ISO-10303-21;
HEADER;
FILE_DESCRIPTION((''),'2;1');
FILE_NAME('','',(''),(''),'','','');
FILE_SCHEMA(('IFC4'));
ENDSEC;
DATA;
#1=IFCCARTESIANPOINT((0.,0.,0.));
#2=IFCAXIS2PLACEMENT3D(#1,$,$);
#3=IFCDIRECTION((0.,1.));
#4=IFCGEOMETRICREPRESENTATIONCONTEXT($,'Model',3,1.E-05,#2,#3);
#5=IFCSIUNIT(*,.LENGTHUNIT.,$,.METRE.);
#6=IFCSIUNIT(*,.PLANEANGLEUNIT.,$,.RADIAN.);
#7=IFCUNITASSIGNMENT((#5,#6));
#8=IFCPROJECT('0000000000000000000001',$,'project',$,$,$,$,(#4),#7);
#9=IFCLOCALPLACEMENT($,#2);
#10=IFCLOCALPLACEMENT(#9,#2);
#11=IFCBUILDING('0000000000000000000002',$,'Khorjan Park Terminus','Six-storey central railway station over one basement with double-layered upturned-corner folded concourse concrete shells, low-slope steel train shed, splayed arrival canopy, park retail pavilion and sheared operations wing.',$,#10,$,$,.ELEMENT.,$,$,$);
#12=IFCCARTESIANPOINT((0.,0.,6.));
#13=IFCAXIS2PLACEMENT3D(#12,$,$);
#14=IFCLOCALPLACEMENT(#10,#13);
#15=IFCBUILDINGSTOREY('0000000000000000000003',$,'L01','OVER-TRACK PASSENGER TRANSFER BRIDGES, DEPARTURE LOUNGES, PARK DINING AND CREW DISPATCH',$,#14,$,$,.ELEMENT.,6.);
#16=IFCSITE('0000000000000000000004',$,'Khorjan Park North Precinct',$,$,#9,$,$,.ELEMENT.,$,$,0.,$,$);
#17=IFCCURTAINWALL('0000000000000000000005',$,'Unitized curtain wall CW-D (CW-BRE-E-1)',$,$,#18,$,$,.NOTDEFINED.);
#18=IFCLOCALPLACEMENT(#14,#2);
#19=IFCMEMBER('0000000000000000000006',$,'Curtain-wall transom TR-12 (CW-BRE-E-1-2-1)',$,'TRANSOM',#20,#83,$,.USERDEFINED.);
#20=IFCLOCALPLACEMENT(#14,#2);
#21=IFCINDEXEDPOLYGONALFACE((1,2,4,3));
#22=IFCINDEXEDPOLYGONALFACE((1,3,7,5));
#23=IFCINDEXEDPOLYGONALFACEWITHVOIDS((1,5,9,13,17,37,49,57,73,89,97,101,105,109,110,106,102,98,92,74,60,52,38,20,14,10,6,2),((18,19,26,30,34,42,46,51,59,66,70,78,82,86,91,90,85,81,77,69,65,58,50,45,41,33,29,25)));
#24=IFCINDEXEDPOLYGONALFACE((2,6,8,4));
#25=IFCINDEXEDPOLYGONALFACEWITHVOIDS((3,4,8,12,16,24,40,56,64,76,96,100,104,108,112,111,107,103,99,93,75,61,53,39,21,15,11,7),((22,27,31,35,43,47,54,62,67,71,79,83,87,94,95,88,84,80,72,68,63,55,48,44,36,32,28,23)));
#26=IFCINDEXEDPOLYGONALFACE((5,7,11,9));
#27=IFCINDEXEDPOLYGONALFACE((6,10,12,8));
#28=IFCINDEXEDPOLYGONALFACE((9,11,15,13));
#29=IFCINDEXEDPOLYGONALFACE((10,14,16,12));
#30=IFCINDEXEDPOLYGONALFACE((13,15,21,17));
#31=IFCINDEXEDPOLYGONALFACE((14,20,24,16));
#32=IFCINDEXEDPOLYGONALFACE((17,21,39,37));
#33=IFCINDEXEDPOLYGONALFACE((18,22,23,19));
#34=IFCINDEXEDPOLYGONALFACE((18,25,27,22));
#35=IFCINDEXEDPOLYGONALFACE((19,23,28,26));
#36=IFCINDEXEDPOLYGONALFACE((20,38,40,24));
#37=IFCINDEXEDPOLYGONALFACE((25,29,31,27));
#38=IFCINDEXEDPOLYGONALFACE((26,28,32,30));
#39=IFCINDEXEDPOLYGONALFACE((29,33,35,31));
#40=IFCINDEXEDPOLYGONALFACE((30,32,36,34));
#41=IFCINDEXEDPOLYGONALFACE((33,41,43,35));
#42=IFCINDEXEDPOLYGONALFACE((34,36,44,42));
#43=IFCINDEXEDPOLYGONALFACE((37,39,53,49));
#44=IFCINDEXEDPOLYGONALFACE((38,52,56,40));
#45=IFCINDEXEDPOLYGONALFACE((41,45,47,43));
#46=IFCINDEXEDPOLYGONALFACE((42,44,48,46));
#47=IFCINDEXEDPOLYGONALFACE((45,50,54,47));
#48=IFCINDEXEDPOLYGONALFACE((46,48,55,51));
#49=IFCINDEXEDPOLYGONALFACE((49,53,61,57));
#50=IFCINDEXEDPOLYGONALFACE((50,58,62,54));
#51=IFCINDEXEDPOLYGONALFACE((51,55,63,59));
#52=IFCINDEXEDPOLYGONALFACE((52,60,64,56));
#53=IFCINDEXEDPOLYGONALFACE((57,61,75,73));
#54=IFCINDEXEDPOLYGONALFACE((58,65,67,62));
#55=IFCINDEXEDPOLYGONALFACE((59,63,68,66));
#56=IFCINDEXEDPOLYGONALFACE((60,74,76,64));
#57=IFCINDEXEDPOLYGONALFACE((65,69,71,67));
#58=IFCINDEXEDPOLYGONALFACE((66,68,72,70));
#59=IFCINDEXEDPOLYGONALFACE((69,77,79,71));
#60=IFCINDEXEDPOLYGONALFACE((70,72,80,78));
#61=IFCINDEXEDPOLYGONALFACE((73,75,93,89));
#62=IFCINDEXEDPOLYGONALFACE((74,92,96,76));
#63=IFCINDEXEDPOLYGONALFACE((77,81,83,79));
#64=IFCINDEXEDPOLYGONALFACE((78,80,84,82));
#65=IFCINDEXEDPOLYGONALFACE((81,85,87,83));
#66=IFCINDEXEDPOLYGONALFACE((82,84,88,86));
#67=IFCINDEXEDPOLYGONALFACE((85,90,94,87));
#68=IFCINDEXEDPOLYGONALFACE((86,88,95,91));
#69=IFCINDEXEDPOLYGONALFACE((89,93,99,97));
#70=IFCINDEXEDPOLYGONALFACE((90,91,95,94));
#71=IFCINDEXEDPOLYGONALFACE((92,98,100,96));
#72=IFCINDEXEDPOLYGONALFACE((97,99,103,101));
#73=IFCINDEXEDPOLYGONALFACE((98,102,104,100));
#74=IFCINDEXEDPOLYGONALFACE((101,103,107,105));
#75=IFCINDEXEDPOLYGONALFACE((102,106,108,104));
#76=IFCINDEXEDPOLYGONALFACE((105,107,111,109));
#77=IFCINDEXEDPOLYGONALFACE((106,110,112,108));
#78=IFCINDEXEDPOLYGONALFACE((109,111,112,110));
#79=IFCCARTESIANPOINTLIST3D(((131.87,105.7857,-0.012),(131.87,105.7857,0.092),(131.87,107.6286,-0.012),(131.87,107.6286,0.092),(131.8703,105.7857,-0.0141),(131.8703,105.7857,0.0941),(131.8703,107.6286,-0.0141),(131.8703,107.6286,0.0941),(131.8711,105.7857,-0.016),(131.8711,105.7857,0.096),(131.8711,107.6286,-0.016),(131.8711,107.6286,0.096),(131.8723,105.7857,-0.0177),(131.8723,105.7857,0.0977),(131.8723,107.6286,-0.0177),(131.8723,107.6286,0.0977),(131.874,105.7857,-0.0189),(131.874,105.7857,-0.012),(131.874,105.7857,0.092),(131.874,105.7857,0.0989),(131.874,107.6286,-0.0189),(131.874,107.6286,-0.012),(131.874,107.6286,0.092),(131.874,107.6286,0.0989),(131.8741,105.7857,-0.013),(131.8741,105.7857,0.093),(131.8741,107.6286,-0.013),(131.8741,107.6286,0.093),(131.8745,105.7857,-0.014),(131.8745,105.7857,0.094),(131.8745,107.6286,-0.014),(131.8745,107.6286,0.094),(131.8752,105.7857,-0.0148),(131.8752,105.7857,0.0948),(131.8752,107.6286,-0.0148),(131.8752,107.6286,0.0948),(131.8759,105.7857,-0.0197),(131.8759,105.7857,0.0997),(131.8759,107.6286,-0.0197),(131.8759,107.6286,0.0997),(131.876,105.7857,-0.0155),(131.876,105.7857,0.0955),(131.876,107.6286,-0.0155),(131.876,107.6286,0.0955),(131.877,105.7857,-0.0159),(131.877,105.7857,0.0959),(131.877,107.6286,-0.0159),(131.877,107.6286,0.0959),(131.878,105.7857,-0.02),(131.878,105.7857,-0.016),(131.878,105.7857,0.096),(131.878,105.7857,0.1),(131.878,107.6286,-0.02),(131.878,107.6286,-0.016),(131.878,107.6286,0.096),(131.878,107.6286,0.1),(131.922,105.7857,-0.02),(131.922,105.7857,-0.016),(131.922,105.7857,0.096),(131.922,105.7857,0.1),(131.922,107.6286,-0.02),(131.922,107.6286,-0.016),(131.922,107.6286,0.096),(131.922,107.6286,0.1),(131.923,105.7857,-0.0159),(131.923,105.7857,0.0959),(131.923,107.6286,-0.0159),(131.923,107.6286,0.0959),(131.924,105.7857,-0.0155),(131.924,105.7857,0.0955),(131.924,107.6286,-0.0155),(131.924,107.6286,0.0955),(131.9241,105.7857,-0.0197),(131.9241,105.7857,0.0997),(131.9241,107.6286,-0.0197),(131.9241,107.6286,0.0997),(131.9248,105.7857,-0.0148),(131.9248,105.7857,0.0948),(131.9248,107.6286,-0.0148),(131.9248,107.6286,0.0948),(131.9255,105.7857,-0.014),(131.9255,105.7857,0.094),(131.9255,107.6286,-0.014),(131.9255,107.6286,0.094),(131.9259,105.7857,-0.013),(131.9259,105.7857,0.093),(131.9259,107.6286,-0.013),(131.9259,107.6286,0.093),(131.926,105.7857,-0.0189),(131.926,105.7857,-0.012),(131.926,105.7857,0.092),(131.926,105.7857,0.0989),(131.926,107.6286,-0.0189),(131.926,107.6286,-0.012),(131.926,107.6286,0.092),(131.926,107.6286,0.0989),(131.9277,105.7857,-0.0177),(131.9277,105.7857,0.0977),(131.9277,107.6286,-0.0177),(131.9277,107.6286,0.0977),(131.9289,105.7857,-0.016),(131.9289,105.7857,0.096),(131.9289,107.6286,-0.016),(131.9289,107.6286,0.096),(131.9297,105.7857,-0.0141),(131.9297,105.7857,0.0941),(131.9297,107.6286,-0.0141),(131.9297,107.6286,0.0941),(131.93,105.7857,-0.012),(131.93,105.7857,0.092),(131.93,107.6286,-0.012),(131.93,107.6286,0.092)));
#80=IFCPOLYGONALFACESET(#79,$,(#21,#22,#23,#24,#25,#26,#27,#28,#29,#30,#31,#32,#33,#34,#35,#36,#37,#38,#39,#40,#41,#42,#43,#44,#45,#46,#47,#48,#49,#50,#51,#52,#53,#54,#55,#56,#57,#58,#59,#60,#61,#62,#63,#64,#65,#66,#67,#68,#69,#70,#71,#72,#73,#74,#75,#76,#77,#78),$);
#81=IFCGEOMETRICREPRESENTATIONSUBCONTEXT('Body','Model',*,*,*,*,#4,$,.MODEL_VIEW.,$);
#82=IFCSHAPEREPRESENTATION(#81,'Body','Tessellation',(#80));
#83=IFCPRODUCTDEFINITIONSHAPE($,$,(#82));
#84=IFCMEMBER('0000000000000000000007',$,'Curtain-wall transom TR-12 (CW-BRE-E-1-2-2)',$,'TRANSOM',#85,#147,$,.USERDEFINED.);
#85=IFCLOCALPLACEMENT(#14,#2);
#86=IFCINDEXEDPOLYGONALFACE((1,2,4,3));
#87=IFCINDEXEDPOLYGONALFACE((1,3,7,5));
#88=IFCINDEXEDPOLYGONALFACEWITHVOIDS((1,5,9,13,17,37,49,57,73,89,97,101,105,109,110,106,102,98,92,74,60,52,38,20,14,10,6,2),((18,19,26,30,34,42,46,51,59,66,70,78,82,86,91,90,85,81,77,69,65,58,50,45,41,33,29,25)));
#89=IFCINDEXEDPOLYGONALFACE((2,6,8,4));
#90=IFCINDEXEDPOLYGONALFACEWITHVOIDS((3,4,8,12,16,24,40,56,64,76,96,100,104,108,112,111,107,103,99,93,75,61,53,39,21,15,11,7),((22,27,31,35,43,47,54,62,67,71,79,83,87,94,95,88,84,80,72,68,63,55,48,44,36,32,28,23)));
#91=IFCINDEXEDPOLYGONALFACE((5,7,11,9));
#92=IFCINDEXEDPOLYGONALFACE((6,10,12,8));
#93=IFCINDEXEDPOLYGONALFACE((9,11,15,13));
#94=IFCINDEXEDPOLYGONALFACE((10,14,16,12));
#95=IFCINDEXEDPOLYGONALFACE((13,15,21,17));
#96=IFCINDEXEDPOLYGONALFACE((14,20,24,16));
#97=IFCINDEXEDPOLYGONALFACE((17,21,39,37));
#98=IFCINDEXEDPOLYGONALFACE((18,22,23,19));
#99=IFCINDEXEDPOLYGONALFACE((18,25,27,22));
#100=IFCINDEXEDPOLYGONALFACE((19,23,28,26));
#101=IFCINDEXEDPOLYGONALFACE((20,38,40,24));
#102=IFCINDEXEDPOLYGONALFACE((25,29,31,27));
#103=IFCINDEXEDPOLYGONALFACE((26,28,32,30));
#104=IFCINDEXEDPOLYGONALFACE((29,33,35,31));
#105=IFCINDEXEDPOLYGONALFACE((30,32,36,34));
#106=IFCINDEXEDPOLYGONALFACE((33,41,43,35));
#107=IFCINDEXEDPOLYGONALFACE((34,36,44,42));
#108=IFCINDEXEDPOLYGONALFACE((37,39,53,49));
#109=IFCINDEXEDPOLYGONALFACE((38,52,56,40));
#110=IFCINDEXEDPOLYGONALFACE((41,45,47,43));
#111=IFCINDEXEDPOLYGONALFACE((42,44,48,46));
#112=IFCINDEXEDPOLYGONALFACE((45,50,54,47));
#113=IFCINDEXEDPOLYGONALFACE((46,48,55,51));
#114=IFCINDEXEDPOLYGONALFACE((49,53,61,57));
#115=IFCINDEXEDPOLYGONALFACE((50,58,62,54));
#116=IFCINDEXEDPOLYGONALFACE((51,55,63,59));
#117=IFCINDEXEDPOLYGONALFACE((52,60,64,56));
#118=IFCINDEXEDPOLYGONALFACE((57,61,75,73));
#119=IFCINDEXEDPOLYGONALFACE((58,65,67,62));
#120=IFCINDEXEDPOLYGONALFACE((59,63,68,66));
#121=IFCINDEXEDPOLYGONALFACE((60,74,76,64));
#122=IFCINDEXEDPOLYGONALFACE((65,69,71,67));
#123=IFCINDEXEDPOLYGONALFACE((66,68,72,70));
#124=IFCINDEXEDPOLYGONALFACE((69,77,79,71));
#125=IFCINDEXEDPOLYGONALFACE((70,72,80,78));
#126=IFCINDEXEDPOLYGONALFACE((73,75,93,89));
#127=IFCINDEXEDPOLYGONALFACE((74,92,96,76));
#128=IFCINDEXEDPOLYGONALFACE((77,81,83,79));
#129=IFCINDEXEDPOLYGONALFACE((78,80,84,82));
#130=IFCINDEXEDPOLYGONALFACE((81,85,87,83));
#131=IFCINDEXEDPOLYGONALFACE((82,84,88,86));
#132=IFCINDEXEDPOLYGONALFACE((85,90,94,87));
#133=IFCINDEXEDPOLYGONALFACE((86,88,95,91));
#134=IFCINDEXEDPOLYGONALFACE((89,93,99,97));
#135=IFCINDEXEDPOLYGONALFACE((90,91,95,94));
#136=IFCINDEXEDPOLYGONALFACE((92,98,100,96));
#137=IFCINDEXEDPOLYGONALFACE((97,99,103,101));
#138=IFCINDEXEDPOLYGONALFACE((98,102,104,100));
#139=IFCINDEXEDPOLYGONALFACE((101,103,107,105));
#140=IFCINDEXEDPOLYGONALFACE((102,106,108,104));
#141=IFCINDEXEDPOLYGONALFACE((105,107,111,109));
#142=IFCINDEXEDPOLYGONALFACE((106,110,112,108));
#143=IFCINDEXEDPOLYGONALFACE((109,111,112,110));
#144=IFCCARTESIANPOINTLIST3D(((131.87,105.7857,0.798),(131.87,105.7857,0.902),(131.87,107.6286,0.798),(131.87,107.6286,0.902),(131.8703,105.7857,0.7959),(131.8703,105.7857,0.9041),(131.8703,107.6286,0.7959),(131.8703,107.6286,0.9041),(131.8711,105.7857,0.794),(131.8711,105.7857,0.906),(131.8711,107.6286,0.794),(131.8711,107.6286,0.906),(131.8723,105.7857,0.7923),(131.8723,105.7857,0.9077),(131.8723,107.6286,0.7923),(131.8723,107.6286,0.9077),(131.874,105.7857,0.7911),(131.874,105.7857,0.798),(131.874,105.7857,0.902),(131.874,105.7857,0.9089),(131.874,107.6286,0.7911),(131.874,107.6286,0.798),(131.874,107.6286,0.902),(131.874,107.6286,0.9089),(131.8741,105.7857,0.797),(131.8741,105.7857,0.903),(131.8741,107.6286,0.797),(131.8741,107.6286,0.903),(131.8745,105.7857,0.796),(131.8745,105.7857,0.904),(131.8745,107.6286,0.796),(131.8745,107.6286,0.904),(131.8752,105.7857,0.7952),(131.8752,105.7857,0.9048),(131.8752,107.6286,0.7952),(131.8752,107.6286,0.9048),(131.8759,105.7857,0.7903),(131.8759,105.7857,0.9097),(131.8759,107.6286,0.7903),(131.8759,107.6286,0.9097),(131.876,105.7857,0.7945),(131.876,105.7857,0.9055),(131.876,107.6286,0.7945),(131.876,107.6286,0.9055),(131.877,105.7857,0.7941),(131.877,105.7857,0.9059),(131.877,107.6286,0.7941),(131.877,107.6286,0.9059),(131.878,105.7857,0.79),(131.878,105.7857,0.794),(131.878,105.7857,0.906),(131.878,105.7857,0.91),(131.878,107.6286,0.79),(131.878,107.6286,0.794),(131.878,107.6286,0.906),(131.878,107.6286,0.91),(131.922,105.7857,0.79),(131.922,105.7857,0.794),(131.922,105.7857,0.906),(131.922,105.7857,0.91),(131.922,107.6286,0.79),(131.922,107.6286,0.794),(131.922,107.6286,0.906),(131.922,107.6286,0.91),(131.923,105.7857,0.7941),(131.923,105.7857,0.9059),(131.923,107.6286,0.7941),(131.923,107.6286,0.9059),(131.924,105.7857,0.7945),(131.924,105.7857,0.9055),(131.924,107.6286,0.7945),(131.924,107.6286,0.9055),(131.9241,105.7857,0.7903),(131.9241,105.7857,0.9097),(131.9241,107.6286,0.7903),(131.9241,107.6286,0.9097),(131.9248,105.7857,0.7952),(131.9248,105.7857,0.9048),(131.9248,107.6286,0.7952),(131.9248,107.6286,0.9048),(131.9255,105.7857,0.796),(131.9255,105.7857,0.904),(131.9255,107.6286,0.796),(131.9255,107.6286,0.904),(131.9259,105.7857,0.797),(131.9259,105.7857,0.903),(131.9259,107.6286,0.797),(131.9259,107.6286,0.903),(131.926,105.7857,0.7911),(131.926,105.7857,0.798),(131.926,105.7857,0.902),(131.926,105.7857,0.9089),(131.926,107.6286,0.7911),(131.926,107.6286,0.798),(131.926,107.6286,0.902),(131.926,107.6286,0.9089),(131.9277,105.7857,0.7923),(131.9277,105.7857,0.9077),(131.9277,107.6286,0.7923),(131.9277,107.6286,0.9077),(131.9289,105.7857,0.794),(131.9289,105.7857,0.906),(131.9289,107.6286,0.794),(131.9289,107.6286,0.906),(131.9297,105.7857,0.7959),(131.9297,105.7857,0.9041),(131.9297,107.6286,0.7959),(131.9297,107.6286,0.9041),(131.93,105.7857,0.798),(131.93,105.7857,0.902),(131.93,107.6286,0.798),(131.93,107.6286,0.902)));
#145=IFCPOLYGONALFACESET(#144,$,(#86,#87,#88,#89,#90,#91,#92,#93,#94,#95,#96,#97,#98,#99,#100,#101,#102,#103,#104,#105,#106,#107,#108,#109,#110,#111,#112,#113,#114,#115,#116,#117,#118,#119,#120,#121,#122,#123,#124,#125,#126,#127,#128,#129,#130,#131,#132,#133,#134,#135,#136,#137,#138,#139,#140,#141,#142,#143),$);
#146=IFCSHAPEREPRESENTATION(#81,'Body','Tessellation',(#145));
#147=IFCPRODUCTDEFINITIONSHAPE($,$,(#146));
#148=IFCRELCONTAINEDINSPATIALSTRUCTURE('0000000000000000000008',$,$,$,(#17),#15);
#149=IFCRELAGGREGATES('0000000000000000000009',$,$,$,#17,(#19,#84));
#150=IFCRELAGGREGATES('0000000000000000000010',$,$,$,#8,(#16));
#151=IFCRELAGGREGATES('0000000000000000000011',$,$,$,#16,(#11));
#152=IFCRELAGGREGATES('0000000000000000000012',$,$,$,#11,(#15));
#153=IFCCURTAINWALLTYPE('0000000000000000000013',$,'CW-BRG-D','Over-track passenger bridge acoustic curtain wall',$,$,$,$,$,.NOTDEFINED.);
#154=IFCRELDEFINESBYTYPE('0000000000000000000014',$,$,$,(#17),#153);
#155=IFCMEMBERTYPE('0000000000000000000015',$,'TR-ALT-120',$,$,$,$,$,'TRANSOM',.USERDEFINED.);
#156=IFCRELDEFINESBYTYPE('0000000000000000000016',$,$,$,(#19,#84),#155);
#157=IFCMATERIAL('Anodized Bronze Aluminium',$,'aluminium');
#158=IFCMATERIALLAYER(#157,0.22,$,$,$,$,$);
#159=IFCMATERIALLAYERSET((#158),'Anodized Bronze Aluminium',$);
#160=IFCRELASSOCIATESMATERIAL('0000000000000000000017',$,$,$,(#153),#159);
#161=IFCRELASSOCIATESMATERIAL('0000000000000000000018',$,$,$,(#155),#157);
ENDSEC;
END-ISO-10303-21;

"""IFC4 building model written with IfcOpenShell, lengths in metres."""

from ifc_helpers import new_model, si_unit, direction, frame, origin, origin_2d, place, context, subcontext, project, spatial, hollow_rectangle, extrude, material, layer, layer_set, material_profile, profile_set, type_object, element, aggregate, save


model = new_model("IFC4")

# Units and contexts
model_context = context("Model", 3, precision=1e-05, world=origin(), true_north=direction((0.0, 1.0)))
body_context = subcontext(model_context, "Body", "Model", "MODEL_VIEW")
ifc_project = project(units=[si_unit("LENGTHUNIT", "METRE"), si_unit("PLANEANGLEUNIT", "RADIAN")], contexts=[model_context])

# Site, building, storey
site_placement = place(None, origin())
site = spatial("IfcSite", under=ifc_project, at=site_placement, Name="Khorjan Park North Precinct", CompositionType="ELEMENT", RefElevation=0.0)
building_placement = place(site_placement, origin())
building = spatial("IfcBuilding", under=site, at=building_placement, Name="Khorjan Park Terminus", Description="Six-storey central railway station over one basement with double-layered upturned-corner folded concourse concrete shells, low-slope steel train shed, splayed arrival canopy, park retail pavilion and sheared operations wing.", CompositionType="ELEMENT")
storey_placement = place(building_placement, frame((0.0, 0.0, 6.0)))
storey = spatial("IfcBuildingStorey", under=building, at=storey_placement, Name="L01", Description="OVER-TRACK PASSENGER TRANSFER BRIDGES, DEPARTURE LOUNGES, PARK DINING AND CREW DISPATCH", CompositionType="ELEMENT", Elevation=6.0)

# Curtain wall
ifc_material_1 = material(Name="Anodized Bronze Aluminium", Category="aluminium")
ifc_layer_1 = layer(ifc_material_1, 0.22)
ifc_layer_set_1 = layer_set([ifc_layer_1], Name="Anodized Bronze Aluminium")
curtain_wall_type = type_object("IfcCurtainWallType", Name="CW-BRG-D", Description="Over-track passenger bridge acoustic curtain wall", PredefinedType="NOTDEFINED", material=ifc_layer_set_1)
curtain_wall_1_placement = place(storey_placement, origin())
curtain_wall_1 = element("IfcCurtainWall", 1, at=curtain_wall_1_placement, inside=storey, type_object=curtain_wall_type, Name="Unitized curtain wall CW-D (CW-BRE-E-1)", PredefinedType="NOTDEFINED")

# Members
ifc_material_profile_1 = material_profile(ifc_material_1, hollow_rectangle(XDim=0.06, YDim=0.12, WallThickness=0.004, InnerFilletRadius=0.004, OuterFilletRadius=0.008, at=origin_2d()), Name="ALT 60x120x4")
ifc_profile_set_1 = profile_set([ifc_material_profile_1], Name="Anodized Bronze Aluminium")
member_type_1 = type_object("IfcMemberType", Name="TR-ALT-120", ElementType="TRANSOM", PredefinedType="USERDEFINED", material=ifc_profile_set_1)
member_1_placement = place(storey_placement, frame((131.9, 105.7857, 0.04), z_axis=(0.0, 1.0, 0.0), x_axis=(-1.0, 0.0, 0.0)))
member_1 = element("IfcMember", 2, at=member_1_placement, type_object=member_type_1, Name="Curtain-wall transom TR-12 (CW-BRE-E-1-2-1)", ObjectType="TRANSOM", PredefinedType="USERDEFINED", context=body_context, shape_type="SweptSolid", body=[
    extrude(hollow_rectangle(XDim=0.06, YDim=0.12, WallThickness=0.004, InnerFilletRadius=0.004, OuterFilletRadius=0.008, at=origin_2d()), origin(), (0.0, 0.0, 1.0), 1.8429),
])
member_2_placement = place(storey_placement, frame((131.9, 105.7857, 0.85), z_axis=(0.0, 1.0, 0.0), x_axis=(-1.0, 0.0, 0.0)))
member_2 = element("IfcMember", 3, at=member_2_placement, type_object=member_type_1, Name="Curtain-wall transom TR-12 (CW-BRE-E-1-2-2)", ObjectType="TRANSOM", PredefinedType="USERDEFINED", context=body_context, shape_type="SweptSolid", body=[
    extrude(hollow_rectangle(XDim=0.06, YDim=0.12, WallThickness=0.004, InnerFilletRadius=0.004, OuterFilletRadius=0.008, at=origin_2d()), origin(), (0.0, 0.0, 1.0), 1.8429),
])

aggregate(curtain_wall_1, [member_1, member_2])

save(model, "model.ifc")
